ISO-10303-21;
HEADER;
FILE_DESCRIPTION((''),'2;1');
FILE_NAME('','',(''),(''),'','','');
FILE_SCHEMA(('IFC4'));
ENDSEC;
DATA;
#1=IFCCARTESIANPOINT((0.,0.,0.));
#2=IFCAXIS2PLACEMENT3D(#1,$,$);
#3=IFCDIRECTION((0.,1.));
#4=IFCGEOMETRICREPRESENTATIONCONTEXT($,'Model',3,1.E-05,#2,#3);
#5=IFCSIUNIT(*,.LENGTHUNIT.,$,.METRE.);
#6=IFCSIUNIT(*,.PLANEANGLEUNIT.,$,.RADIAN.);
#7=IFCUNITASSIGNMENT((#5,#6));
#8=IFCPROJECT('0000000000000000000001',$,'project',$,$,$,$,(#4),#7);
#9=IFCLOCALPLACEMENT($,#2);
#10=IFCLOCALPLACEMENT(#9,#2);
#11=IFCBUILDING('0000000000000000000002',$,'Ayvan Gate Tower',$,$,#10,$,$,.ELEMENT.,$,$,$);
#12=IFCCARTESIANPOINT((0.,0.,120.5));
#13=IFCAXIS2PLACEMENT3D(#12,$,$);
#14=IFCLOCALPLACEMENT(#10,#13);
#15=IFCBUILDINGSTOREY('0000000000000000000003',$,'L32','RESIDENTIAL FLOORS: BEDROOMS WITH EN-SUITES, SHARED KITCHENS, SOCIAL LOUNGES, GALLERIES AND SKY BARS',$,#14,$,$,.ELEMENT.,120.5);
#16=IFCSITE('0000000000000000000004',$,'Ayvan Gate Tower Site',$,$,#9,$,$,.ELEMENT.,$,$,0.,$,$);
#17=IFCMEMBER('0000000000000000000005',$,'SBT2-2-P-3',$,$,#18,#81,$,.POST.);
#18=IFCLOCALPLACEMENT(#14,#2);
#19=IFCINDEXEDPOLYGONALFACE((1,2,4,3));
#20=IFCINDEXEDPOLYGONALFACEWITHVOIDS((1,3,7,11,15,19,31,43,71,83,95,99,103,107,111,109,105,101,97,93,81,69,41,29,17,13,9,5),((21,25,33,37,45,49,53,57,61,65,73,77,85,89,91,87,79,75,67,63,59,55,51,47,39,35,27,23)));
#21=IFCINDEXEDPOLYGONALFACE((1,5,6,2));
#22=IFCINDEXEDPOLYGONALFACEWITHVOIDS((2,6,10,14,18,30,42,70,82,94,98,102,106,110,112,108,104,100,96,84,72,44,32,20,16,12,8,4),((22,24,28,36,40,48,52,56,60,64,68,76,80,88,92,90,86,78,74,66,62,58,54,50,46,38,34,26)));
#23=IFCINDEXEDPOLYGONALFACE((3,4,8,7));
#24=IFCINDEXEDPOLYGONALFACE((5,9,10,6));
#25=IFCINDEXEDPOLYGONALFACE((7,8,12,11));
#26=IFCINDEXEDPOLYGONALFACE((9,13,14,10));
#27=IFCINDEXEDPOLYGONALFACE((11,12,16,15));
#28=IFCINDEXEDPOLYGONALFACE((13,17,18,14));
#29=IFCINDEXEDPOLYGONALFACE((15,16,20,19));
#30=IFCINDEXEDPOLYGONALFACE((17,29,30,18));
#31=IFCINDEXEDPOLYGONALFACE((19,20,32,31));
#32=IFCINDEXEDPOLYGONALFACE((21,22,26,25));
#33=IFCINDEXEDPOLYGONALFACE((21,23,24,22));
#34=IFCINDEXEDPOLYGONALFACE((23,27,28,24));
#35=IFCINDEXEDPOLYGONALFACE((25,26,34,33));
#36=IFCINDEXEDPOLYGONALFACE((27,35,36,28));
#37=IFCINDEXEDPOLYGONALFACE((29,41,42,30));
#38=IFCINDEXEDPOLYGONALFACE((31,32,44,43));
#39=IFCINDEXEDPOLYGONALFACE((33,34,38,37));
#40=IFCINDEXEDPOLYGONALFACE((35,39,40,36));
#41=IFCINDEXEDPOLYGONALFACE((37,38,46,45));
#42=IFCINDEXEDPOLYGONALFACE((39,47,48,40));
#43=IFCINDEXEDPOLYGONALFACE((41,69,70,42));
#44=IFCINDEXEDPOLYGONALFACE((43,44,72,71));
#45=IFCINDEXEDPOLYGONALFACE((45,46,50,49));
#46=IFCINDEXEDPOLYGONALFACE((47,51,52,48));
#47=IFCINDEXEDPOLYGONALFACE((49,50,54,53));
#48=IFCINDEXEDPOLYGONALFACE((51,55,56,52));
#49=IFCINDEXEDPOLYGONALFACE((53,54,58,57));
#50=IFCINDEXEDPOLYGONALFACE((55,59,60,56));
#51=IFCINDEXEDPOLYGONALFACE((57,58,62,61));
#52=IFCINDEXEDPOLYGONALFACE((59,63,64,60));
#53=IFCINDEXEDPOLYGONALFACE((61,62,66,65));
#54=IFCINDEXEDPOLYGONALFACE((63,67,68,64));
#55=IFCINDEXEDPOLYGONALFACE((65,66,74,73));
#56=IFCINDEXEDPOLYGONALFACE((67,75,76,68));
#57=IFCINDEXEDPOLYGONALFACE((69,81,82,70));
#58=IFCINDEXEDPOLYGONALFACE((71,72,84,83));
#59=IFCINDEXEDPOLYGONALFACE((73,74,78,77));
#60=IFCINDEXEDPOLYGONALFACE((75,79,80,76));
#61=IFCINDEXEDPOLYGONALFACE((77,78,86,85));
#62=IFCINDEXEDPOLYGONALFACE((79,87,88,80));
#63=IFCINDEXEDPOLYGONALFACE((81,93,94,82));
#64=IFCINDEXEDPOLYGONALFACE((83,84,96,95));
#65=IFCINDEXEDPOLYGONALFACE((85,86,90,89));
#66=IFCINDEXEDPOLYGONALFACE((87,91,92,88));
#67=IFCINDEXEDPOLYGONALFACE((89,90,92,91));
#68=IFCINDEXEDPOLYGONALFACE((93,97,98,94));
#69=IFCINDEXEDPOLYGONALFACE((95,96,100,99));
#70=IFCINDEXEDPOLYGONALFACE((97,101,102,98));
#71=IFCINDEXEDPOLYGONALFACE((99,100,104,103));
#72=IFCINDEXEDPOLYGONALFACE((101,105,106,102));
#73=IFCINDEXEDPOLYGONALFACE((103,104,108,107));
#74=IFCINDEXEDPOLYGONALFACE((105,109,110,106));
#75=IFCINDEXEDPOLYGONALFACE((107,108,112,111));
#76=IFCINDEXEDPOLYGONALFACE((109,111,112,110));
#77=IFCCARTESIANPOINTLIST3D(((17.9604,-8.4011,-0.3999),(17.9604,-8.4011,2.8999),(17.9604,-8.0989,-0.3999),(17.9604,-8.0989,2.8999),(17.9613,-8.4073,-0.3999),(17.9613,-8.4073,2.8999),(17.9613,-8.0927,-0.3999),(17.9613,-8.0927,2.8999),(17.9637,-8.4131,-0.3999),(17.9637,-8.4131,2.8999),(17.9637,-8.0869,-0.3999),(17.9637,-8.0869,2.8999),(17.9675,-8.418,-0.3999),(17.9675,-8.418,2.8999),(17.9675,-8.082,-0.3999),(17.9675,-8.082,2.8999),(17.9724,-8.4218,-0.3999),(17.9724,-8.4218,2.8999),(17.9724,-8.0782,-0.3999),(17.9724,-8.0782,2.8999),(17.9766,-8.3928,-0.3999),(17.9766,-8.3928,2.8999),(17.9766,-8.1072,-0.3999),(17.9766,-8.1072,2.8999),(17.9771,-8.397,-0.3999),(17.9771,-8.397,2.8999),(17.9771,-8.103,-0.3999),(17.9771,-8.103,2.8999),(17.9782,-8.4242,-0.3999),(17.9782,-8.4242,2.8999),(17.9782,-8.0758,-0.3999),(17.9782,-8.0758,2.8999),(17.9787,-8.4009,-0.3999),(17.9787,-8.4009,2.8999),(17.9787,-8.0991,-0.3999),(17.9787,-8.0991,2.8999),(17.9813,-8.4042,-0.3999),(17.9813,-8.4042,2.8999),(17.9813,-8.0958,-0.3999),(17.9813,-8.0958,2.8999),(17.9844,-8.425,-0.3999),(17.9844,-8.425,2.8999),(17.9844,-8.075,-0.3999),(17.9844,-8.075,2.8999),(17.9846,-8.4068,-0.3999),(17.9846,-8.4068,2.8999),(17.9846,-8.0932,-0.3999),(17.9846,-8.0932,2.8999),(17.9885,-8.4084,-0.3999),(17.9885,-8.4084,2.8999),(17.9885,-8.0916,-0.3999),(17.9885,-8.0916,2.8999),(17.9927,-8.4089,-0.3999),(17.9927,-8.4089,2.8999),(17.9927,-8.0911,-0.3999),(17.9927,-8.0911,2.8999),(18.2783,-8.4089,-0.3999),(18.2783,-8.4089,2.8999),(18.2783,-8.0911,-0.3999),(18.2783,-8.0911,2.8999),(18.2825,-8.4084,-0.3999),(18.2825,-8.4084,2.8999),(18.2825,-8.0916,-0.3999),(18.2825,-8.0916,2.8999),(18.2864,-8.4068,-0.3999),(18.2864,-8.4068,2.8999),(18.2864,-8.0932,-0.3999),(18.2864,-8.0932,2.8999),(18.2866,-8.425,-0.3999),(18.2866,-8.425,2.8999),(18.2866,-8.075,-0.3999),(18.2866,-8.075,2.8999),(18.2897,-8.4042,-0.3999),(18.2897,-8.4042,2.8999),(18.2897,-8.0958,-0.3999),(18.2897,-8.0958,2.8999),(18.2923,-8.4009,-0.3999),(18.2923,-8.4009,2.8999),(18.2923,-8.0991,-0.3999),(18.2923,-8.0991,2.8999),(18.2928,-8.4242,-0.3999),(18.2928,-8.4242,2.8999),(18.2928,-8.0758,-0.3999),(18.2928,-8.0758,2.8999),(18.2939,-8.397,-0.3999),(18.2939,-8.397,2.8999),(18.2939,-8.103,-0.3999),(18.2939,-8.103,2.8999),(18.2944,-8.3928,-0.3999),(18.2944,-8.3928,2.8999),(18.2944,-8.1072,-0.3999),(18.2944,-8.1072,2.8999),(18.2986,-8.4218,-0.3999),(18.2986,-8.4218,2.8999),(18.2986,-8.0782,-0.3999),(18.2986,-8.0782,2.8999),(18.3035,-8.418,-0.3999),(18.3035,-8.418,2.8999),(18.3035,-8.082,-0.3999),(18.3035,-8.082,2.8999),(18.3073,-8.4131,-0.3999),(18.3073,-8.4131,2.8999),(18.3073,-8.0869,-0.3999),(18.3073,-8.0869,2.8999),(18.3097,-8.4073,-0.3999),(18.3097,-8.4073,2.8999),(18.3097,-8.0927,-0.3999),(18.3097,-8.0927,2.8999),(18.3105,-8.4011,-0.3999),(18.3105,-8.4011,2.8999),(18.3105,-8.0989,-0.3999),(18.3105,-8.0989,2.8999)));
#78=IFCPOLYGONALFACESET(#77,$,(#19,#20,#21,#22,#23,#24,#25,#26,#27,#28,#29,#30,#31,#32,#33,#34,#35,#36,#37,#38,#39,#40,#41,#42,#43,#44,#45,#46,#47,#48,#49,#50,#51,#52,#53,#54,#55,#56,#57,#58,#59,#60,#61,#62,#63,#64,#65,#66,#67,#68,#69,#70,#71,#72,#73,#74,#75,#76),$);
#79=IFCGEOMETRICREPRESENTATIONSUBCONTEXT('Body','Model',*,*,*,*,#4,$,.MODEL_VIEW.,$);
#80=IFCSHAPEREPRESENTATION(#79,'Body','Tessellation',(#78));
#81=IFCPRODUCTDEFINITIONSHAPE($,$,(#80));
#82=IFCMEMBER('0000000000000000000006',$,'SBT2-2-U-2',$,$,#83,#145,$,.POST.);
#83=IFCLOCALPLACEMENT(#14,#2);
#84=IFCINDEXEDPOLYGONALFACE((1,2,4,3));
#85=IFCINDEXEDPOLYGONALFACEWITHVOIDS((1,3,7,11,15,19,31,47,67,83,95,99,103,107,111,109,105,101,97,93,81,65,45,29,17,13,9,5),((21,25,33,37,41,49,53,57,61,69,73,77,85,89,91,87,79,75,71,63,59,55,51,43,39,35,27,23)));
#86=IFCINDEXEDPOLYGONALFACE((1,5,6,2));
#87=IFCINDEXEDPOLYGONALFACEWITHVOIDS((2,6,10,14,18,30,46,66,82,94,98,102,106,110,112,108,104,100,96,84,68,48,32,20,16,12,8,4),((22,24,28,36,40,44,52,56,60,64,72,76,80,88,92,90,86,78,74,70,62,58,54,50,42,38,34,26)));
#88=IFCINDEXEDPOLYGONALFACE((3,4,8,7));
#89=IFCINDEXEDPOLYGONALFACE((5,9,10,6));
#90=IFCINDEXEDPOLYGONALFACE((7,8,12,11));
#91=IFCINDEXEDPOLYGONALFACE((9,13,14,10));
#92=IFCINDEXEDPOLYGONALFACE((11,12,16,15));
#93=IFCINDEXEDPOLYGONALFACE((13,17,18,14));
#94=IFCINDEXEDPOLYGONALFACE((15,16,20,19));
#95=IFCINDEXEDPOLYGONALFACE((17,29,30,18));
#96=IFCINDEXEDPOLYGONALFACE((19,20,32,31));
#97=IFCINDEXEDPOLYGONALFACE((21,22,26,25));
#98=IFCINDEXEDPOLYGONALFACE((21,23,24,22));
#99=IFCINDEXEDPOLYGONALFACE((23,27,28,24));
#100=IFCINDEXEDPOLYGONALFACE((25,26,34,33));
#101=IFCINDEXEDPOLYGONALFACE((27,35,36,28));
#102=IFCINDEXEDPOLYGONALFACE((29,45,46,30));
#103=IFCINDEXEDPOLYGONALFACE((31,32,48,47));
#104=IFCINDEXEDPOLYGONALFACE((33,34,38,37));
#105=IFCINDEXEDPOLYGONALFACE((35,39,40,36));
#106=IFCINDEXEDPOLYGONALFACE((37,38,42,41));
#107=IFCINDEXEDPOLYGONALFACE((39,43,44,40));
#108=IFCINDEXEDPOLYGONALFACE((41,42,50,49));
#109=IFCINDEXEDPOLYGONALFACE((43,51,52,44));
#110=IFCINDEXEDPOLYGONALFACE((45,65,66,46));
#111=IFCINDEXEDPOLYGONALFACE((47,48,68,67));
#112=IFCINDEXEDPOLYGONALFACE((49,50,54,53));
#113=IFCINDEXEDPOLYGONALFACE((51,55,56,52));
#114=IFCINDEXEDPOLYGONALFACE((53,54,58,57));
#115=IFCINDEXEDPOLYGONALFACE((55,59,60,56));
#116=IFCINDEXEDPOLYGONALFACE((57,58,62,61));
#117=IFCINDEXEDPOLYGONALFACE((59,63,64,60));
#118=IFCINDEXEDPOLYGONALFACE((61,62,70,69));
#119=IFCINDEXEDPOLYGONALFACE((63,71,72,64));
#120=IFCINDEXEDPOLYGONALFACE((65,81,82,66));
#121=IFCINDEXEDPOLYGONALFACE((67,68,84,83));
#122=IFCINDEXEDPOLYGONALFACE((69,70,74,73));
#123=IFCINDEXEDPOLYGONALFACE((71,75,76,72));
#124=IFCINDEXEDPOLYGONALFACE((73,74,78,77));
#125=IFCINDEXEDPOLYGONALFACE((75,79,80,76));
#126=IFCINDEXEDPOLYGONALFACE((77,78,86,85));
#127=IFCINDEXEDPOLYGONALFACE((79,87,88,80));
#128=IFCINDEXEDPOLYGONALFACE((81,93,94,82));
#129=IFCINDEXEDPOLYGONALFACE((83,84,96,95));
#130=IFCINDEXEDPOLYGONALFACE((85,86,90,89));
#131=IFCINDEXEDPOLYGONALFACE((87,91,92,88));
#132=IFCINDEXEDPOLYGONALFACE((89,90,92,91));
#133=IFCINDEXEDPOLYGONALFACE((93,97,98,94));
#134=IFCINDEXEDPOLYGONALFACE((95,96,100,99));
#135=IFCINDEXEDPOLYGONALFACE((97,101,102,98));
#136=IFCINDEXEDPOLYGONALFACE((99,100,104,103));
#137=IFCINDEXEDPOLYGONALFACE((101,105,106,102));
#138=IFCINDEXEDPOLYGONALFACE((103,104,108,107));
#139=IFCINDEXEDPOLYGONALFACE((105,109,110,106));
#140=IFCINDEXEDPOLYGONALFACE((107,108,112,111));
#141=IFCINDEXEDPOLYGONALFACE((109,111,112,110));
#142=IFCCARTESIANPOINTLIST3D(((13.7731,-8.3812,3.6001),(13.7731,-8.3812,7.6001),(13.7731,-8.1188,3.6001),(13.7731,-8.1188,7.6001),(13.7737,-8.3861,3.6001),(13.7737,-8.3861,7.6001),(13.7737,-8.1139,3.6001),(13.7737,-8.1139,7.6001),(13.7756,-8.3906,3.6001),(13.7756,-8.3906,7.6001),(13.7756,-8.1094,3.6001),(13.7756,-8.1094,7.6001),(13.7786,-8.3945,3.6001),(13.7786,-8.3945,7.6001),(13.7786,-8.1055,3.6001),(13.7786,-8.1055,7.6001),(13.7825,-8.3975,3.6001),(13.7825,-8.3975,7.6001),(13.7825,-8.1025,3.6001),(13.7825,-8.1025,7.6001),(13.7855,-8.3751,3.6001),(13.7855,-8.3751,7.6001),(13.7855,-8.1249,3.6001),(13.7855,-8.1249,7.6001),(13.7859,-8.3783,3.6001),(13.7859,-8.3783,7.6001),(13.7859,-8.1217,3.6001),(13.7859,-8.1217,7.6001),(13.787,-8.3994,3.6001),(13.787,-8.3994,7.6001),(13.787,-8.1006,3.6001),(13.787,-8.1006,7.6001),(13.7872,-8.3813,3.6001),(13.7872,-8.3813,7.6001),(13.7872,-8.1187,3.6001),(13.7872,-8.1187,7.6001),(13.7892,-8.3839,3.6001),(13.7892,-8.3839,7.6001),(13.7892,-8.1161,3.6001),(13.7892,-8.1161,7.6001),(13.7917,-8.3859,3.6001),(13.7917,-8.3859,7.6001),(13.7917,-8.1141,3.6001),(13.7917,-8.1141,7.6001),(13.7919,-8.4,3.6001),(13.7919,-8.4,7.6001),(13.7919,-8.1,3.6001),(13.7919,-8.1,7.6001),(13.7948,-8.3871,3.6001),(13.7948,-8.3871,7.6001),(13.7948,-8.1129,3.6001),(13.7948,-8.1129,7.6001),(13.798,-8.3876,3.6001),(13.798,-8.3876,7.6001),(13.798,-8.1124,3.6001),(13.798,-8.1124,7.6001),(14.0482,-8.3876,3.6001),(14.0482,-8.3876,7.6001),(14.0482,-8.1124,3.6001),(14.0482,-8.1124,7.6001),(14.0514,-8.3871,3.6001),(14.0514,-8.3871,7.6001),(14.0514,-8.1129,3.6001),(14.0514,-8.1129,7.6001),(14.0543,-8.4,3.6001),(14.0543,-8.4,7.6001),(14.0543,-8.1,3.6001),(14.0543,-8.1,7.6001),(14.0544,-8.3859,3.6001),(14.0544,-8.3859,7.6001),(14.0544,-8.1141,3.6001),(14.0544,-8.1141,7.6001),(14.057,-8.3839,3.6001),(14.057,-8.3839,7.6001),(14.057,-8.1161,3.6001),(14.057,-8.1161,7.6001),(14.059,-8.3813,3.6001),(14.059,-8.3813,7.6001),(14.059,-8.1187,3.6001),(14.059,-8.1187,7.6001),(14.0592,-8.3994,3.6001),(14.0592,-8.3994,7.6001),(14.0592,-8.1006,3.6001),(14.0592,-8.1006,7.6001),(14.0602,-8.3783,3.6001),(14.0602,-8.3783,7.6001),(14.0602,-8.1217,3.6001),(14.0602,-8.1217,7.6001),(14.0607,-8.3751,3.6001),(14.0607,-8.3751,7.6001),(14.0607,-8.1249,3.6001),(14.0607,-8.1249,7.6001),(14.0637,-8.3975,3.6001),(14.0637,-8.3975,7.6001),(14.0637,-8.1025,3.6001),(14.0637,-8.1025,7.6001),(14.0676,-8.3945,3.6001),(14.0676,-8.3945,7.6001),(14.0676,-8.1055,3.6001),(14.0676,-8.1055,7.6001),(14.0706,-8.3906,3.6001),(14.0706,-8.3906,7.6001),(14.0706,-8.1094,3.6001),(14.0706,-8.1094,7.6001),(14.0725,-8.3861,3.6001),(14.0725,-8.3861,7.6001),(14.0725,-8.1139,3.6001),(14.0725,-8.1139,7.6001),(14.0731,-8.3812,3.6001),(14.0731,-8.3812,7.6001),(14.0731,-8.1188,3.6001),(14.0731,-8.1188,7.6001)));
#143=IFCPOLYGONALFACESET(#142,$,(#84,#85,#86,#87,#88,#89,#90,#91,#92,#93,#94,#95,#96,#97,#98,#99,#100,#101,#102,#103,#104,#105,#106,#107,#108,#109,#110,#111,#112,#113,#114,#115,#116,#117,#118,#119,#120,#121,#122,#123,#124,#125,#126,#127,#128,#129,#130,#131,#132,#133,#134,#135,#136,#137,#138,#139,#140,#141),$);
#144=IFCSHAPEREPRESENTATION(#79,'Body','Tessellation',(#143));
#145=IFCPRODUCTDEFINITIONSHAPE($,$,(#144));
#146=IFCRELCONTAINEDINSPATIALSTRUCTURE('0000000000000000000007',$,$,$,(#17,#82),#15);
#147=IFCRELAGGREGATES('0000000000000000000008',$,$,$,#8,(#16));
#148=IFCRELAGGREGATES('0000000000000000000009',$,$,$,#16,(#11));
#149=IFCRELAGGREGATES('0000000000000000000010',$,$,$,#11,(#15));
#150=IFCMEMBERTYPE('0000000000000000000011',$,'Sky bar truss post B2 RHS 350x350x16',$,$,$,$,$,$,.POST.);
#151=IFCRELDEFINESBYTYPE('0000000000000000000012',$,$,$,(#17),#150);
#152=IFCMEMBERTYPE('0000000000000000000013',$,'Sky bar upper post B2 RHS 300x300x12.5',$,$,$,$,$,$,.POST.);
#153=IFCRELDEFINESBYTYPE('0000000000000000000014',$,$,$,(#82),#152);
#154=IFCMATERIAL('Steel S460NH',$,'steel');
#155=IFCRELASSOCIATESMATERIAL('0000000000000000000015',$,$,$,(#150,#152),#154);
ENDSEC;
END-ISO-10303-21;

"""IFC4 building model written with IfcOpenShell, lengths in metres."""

from ifc_helpers import new_model, si_unit, direction, frame, origin, origin_2d, place, context, subcontext, project, spatial, hollow_rectangle, extrude, material, material_profile, profile_set, type_object, element, save


model = new_model("IFC4")

# Units and contexts
model_context = context("Model", 3, precision=1e-05, world=origin(), true_north=direction((0.0, 1.0)))
body_context = subcontext(model_context, "Body", "Model", "MODEL_VIEW")
ifc_project = project(units=[si_unit("LENGTHUNIT", "METRE"), si_unit("PLANEANGLEUNIT", "RADIAN")], contexts=[model_context])

# Site, building, storey
site_placement = place(None, origin())
site = spatial("IfcSite", under=ifc_project, at=site_placement, Name="Ayvan Gate Tower Site", CompositionType="ELEMENT", RefElevation=0.0)
building_placement = place(site_placement, origin())
building = spatial("IfcBuilding", under=site, at=building_placement, Name="Ayvan Gate Tower", CompositionType="ELEMENT")
storey_placement = place(building_placement, frame((0.0, 0.0, 120.5)))
storey = spatial("IfcBuildingStorey", under=building, at=storey_placement, Name="L32", Description="RESIDENTIAL FLOORS: BEDROOMS WITH EN-SUITES, SHARED KITCHENS, SOCIAL LOUNGES, GALLERIES AND SKY BARS", CompositionType="ELEMENT", Elevation=120.5)

# Members
ifc_material_1 = material(Name="Steel S460NH", Category="steel")
ifc_material_profile_1 = material_profile(ifc_material_1, hollow_rectangle(XDim=0.3501, YDim=0.3501, WallThickness=0.0161, InnerFilletRadius=0.0161, OuterFilletRadius=0.0239, at=origin_2d()), Name="RHS 350x350x16")
ifc_profile_set_1 = profile_set([ifc_material_profile_1], Name="Steel S460NH")
member_type_1 = type_object("IfcMemberType", Name="Sky bar truss post B2 RHS 350x350x16", PredefinedType="POST", material=ifc_profile_set_1)
for number, where, z_axis, x_axis, name in (
    (1, (18.1355, -8.25, -0.3999), (0.0, 0.0, 1.0), (1.0, 0.0, 0.0), "SBT2-2-P-3"),
):
    element("IfcMember", number, at=place(storey_placement, frame(where, z_axis=z_axis, x_axis=x_axis)), inside=storey, type_object=member_type_1, Name=name, PredefinedType="POST", context=body_context, shape_type="SweptSolid", body=[
        extrude(hollow_rectangle(XDim=0.3501, YDim=0.3501, WallThickness=0.0161, InnerFilletRadius=0.0161, OuterFilletRadius=0.0239, at=origin_2d()), origin(), (0.0, 0.0, 1.0), 3.2998),
    ])
ifc_material_profile_2 = material_profile(ifc_material_1, hollow_rectangle(XDim=0.3, YDim=0.3, WallThickness=0.0125, InnerFilletRadius=0.0125, OuterFilletRadius=0.0188, at=origin_2d()), Name="RHS 300x300x12.5")
ifc_profile_set_2 = profile_set([ifc_material_profile_2], Name="Steel S460NH")
member_type_2 = type_object("IfcMemberType", Name="Sky bar upper post B2 RHS 300x300x12.5", PredefinedType="POST", material=ifc_profile_set_2)
for number, where, z_axis, x_axis, name in (
    (2, (13.9231, -8.25, 3.6001), (0.0, 0.0, 1.0), (1.0, 0.0, 0.0), "SBT2-2-U-2"),
):
    element("IfcMember", number, at=place(storey_placement, frame(where, z_axis=z_axis, x_axis=x_axis)), inside=storey, type_object=member_type_2, Name=name, PredefinedType="POST", context=body_context, shape_type="SweptSolid", body=[
        extrude(hollow_rectangle(XDim=0.3, YDim=0.3, WallThickness=0.0125, InnerFilletRadius=0.0125, OuterFilletRadius=0.0188, at=origin_2d()), origin(), (0.0, 0.0, 1.0), 4.0),
    ])

save(model, "model.ifc")
